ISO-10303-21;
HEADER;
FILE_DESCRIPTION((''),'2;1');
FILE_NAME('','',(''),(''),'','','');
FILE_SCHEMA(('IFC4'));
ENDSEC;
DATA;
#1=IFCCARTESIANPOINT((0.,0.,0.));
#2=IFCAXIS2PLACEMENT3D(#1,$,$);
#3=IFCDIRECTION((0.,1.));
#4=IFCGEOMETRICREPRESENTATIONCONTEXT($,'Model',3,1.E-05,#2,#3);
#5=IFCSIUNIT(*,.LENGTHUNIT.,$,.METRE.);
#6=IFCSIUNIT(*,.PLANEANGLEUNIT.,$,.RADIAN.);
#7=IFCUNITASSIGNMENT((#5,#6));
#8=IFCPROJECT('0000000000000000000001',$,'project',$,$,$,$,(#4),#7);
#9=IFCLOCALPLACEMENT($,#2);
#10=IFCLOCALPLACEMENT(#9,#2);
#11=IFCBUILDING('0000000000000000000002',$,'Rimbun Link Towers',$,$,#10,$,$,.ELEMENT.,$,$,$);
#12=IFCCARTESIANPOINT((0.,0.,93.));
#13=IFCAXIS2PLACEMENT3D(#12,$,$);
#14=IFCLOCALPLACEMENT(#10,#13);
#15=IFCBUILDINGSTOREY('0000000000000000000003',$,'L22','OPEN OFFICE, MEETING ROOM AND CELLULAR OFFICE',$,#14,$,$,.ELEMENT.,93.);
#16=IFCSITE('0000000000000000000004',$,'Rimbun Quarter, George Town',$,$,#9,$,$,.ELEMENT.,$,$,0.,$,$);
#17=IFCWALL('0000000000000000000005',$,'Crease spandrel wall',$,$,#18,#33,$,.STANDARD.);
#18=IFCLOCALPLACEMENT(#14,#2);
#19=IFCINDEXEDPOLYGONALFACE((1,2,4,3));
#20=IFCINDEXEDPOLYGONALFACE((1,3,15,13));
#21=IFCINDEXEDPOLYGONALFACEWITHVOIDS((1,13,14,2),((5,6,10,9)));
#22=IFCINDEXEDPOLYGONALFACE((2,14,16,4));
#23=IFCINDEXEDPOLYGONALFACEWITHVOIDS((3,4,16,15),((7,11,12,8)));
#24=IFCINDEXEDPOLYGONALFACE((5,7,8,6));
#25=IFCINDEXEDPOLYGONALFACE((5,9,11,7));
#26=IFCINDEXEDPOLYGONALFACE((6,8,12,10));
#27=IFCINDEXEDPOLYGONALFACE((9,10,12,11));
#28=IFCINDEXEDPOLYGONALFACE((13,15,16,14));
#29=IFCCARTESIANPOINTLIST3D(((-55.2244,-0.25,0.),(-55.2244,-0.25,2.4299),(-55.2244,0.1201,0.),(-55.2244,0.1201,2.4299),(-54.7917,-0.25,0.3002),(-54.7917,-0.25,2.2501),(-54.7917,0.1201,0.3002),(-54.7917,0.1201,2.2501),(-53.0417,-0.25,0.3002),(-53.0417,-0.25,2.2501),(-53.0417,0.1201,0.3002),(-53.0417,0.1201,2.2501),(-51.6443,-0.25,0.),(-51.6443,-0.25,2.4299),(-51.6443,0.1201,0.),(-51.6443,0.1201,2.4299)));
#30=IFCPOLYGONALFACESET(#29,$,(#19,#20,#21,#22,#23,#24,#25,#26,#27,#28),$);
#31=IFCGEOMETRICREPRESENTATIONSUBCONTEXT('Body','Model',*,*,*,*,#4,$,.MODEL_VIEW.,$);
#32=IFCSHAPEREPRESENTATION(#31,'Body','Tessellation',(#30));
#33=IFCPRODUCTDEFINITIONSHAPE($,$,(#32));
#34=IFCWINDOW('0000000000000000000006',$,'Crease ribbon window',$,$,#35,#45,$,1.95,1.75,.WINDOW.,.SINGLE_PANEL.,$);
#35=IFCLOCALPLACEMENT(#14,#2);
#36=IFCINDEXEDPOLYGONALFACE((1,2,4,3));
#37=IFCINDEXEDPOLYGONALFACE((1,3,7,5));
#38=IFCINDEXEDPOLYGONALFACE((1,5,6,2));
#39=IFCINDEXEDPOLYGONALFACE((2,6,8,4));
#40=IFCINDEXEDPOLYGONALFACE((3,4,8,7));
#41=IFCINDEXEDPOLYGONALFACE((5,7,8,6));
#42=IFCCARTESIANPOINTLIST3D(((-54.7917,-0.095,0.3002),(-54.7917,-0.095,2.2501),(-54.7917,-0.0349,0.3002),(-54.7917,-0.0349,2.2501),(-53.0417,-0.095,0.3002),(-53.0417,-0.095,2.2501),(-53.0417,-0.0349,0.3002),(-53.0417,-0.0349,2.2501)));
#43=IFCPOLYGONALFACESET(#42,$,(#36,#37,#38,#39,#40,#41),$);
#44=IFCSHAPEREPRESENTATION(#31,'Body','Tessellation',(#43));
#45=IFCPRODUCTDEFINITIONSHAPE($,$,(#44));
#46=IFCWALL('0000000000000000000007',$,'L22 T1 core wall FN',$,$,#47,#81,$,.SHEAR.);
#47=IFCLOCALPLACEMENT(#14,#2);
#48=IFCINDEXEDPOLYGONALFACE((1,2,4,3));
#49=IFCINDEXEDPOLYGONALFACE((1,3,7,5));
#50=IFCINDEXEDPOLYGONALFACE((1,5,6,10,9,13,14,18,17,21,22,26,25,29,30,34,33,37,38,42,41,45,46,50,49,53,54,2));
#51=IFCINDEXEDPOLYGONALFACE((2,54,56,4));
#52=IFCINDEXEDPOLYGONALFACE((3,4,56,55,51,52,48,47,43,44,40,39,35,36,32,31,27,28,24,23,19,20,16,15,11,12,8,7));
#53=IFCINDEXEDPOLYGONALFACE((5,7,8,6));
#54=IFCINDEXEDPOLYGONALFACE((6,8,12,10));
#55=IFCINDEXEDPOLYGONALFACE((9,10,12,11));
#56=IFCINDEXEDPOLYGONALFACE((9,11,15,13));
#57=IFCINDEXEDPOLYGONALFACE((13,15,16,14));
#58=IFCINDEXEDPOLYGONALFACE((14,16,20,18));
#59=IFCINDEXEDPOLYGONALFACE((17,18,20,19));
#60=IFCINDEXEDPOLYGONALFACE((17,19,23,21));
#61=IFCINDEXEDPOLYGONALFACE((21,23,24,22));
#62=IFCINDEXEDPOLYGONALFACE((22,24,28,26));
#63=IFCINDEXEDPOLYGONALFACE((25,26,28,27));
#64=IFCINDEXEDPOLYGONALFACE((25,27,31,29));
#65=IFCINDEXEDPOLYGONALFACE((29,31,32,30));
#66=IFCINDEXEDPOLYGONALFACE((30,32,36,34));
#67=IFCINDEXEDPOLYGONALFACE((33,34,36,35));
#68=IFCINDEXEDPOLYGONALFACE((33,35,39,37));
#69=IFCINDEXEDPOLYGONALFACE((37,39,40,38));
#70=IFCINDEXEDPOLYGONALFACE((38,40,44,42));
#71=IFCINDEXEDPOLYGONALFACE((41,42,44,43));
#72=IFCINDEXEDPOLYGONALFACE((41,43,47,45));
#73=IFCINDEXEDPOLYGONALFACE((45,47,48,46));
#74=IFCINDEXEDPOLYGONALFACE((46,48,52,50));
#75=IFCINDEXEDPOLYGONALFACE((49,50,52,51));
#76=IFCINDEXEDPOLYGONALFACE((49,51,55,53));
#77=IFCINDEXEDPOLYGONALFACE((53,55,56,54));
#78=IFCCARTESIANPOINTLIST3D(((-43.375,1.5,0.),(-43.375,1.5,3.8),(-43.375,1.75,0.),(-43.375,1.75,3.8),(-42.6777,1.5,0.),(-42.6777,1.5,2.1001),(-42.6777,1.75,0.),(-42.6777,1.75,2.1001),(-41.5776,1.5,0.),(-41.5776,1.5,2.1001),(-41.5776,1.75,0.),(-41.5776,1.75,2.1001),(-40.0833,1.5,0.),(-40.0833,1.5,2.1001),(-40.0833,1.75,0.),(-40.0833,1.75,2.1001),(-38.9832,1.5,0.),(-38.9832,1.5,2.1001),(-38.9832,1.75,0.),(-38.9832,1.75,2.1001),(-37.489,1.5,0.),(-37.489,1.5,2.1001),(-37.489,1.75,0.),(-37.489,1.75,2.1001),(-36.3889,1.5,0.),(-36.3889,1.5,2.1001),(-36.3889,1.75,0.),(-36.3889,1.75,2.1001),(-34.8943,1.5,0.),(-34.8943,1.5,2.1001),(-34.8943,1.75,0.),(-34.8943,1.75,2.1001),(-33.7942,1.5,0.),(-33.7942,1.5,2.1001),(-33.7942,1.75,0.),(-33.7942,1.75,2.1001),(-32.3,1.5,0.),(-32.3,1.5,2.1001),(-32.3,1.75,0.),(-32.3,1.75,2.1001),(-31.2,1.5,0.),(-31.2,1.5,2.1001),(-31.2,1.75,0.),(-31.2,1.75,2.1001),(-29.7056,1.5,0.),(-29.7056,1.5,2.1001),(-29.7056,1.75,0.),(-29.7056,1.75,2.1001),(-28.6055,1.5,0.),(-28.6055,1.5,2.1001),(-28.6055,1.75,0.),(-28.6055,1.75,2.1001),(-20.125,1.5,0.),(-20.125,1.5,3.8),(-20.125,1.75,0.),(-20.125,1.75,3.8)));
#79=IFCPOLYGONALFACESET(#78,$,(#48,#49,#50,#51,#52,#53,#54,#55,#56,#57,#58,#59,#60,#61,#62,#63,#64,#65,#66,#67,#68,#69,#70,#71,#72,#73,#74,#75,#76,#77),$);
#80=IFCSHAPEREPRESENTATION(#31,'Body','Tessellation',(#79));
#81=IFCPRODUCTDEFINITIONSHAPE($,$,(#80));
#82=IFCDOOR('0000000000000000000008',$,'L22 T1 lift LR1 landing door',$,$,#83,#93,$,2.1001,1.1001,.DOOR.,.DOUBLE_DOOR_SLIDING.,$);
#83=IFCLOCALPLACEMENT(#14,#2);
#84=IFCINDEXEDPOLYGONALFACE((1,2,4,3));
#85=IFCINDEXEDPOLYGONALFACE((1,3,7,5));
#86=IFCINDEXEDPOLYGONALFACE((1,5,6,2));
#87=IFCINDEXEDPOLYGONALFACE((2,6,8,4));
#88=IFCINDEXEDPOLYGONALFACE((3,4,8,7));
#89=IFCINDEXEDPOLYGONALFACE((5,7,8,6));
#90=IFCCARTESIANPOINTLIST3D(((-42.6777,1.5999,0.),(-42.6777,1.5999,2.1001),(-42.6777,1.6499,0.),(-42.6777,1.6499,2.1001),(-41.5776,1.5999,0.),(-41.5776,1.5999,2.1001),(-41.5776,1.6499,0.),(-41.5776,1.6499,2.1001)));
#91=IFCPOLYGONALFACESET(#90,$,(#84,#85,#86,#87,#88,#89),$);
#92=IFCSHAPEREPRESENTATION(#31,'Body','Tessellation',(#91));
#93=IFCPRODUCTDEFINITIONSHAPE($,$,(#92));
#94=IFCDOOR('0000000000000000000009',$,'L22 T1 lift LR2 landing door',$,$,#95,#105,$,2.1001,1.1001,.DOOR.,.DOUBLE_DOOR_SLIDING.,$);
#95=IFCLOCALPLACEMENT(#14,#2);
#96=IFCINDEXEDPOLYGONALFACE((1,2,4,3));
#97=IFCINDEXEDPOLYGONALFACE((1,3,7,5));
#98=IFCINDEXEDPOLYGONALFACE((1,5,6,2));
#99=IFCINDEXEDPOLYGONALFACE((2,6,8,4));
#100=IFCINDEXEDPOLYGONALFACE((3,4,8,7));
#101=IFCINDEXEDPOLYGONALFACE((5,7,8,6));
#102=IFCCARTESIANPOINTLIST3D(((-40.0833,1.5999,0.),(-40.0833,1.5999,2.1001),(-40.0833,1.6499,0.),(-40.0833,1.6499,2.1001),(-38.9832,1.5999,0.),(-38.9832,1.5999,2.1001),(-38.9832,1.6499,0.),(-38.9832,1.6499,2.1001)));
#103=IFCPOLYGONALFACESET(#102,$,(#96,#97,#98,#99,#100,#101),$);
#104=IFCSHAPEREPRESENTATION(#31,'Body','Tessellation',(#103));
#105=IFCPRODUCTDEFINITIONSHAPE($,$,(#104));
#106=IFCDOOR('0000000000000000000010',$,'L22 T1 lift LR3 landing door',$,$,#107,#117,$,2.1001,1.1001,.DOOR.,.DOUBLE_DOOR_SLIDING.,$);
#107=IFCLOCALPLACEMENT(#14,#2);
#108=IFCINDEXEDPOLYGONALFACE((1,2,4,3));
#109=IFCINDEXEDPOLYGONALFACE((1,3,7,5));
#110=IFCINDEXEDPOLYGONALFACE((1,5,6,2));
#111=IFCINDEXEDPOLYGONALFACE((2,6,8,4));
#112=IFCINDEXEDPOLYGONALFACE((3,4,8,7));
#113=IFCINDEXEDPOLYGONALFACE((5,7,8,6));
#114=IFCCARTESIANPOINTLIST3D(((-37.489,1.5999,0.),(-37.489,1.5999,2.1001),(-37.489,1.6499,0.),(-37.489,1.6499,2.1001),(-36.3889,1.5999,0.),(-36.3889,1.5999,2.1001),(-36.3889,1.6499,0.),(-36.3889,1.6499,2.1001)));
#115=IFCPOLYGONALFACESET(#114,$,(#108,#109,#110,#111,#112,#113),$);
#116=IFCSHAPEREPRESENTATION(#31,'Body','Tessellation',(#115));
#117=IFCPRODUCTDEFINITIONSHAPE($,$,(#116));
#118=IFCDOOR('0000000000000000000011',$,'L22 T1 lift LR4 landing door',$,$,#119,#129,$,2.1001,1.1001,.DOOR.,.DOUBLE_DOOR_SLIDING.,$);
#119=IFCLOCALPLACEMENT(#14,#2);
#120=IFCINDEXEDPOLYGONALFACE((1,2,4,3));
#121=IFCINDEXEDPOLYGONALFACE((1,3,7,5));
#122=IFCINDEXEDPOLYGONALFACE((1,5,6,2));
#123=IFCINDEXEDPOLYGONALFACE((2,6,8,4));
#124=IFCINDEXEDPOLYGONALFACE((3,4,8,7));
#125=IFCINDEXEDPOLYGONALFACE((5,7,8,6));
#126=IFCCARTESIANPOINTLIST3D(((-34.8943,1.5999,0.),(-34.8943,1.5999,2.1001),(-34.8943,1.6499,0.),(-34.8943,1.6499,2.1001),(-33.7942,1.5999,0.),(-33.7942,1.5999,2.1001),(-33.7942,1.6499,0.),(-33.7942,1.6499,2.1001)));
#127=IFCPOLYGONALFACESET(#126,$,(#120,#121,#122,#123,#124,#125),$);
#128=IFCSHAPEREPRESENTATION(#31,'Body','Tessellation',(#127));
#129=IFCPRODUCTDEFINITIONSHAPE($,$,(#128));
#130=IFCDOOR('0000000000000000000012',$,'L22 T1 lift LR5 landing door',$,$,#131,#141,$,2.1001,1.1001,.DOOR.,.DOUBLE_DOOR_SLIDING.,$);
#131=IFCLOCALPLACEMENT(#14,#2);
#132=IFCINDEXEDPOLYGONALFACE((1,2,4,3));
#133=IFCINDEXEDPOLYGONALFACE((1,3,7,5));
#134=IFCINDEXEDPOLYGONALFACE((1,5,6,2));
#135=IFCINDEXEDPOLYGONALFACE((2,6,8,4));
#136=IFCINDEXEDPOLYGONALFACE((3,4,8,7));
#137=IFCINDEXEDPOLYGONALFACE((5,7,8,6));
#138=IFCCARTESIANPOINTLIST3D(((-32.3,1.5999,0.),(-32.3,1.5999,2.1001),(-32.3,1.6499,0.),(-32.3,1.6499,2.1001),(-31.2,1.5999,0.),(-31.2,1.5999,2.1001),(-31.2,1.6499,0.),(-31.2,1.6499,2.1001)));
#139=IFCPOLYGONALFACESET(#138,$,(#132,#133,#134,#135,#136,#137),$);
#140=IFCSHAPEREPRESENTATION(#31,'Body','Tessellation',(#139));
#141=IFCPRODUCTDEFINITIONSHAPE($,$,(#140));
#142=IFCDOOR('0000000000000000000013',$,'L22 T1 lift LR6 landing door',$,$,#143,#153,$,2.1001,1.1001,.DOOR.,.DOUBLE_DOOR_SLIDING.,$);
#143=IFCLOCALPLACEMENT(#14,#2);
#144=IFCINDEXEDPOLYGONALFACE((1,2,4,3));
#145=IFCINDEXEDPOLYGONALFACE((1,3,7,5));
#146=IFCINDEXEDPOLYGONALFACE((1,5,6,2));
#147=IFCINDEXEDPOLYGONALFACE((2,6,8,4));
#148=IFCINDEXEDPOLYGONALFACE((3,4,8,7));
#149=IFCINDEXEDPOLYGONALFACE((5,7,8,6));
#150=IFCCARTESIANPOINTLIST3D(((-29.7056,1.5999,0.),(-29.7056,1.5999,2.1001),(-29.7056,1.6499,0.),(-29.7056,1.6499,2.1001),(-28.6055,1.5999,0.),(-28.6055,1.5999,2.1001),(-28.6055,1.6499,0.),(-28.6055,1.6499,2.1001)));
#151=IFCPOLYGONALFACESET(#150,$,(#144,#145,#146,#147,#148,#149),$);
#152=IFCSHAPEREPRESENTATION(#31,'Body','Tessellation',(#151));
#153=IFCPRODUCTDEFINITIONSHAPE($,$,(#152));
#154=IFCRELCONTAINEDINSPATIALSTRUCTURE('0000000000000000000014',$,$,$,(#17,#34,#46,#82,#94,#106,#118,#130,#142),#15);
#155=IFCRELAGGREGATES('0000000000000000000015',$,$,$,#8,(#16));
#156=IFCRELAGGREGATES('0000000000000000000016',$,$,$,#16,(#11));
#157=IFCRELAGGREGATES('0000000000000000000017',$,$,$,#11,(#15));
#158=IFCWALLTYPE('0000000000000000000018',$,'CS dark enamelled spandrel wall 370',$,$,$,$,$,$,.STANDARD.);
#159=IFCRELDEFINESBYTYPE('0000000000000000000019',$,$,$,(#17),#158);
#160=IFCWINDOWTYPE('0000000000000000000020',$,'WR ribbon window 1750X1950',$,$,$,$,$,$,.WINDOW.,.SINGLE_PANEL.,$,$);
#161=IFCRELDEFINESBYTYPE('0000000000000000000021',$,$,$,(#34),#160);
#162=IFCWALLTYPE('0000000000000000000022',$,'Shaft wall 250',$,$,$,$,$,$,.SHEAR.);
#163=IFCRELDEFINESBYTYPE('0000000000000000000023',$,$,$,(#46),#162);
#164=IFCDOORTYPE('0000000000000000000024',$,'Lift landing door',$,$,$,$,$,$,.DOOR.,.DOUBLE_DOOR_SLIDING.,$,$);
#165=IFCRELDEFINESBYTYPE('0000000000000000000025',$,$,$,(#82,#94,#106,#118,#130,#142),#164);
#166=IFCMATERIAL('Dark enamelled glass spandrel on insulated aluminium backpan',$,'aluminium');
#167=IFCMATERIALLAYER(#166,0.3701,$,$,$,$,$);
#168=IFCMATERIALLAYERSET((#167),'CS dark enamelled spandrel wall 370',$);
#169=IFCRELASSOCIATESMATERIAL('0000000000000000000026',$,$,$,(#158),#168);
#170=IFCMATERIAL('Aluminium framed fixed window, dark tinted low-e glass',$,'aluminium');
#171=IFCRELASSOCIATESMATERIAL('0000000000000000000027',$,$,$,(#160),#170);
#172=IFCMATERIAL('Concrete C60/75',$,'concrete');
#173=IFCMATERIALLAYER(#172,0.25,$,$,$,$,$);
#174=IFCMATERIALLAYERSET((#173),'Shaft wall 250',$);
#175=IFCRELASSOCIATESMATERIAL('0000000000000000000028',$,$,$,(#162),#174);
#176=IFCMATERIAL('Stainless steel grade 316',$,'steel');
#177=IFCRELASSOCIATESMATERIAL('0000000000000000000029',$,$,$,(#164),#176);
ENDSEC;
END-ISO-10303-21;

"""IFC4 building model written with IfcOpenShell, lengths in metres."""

from ifc_helpers import new_model, si_unit, direction, frame, frame_2d, origin, place, context, subcontext, project, spatial, rectangle, extrude, material, layer, layer_set, type_object, element, fill, save


model = new_model("IFC4")

# Units and contexts
model_context = context("Model", 3, precision=1e-05, world=origin(), true_north=direction((0.0, 1.0)))
body_context = subcontext(model_context, "Body", "Model", "MODEL_VIEW")
ifc_project = project(units=[si_unit("LENGTHUNIT", "METRE"), si_unit("PLANEANGLEUNIT", "RADIAN")], contexts=[model_context])

# Site, building, storey
site_placement = place(None, origin())
site = spatial("IfcSite", under=ifc_project, at=site_placement, Name="Rimbun Quarter, George Town", CompositionType="ELEMENT", RefElevation=0.0)
building_placement = place(site_placement, origin())
building = spatial("IfcBuilding", under=site, at=building_placement, Name="Rimbun Link Towers", CompositionType="ELEMENT")
storey_placement = place(building_placement, frame((0.0, 0.0, 93.0)))
storey = spatial("IfcBuildingStorey", under=building, at=storey_placement, Name="L22", Description="OPEN OFFICE, MEETING ROOM AND CELLULAR OFFICE", CompositionType="ELEMENT", Elevation=93.0)

# Wall, opening, window
ifc_material_1 = material(Name="Dark enamelled glass spandrel on insulated aluminium backpan", Category="aluminium")
ifc_layer_1 = layer(ifc_material_1, 0.3701)
ifc_layer_set_1 = layer_set([ifc_layer_1], Name="CS dark enamelled spandrel wall 370")
wall_type_1 = type_object("IfcWallType", Name="CS dark enamelled spandrel wall 370", PredefinedType="STANDARD", material=ifc_layer_set_1)
wall_1_placement = place(storey_placement, frame((-51.6443, -0.0649, 0.0), z_axis=(0.0, 0.0, 1.0), x_axis=(-1.0, 0.0, 0.0)))
wall_1 = element("IfcWall", 1, at=wall_1_placement, inside=storey, type_object=wall_type_1, Name="Crease spandrel wall", PredefinedType="STANDARD", context=body_context, shape_type="SweptSolid", body=[
    extrude(rectangle(XDim=3.5801, YDim=0.3701, at=frame_2d((1.79, 0.0))), origin(), (0.0, 0.0, 1.0), 2.4299),
])
opening_1_placement = place(wall_1_placement, frame((1.3975, 0.0, 0.3)))
opening_1 = element("IfcOpeningElement", 2, at=opening_1_placement, cuts=wall_1, PredefinedType="OPENING", context=body_context, shape_type="SweptSolid", body=[
    extrude(rectangle(XDim=1.75, YDim=1.95, at=frame_2d((0.875, 0.9751))), frame((0.0, 0.1951, 0.0), z_axis=(0.0, -1.0, 0.0), x_axis=(1.0, 0.0, 0.0)), (0.0, 0.0, 1.0), 0.3901),
])
ifc_material_2 = material(Name="Aluminium framed fixed window, dark tinted low-e glass", Category="aluminium")
window_type = type_object("IfcWindowType", Name="WR ribbon window 1750X1950", PartitioningType="SINGLE_PANEL", PredefinedType="WINDOW", material=ifc_material_2)
window_placement = place(opening_1_placement, origin())
window = element("IfcWindow", 3, at=window_placement, inside=storey, type_object=window_type, Name="Crease ribbon window", OverallHeight=1.95, OverallWidth=1.75, PartitioningType="SINGLE_PANEL", PredefinedType="WINDOW", context=body_context, shape_type="SweptSolid", body=[
    extrude(rectangle(XDim=1.75, YDim=1.95, at=frame_2d((0.875, 0.9751))), frame((0.0, 0.03, 0.0), z_axis=(0.0, -1.0, 0.0), x_axis=(1.0, 0.0, 0.0)), (0.0, 0.0, 1.0), 0.0601),
])
fill(opening_1, window)

# Wall, openings, doors
ifc_material_3 = material(Name="Concrete C60/75", Category="concrete")
ifc_layer_2 = layer(ifc_material_3, 0.25)
ifc_layer_set_2 = layer_set([ifc_layer_2], Name="Shaft wall 250")
wall_type_2 = type_object("IfcWallType", Name="Shaft wall 250", PredefinedType="SHEAR", material=ifc_layer_set_2)
wall_2_placement = place(storey_placement, frame((-43.375, 1.625, 0.0), z_axis=(0.0, 0.0, 1.0), x_axis=(1.0, 0.0, 0.0)))
wall_2 = element("IfcWall", 4, at=wall_2_placement, inside=storey, type_object=wall_type_2, Name="L22 T1 core wall FN", PredefinedType="SHEAR", context=body_context, shape_type="SweptSolid", body=[
    extrude(rectangle(XDim=23.25, YDim=0.25, at=frame_2d((11.625, 0.0))), origin(), (0.0, 0.0, 1.0), 3.8),
])
opening_2_placement = place(wall_2_placement, frame((0.6973, 0.0, 0.0)))
opening_2 = element("IfcOpeningElement", 5, at=opening_2_placement, cuts=wall_2, PredefinedType="OPENING", context=body_context, shape_type="SweptSolid", body=[
    extrude(rectangle(XDim=1.1001, YDim=2.1001, at=frame_2d((0.55, 1.05))), frame((0.0, 0.135, 0.0), z_axis=(0.0, -1.0, 0.0), x_axis=(1.0, 0.0, 0.0)), (0.0, 0.0, 1.0), 0.27),
])
opening_3_placement = place(wall_2_placement, frame((3.2917, 0.0, 0.0)))
opening_3 = element("IfcOpeningElement", 6, at=opening_3_placement, cuts=wall_2, PredefinedType="OPENING", context=body_context, shape_type="SweptSolid", body=[
    extrude(rectangle(XDim=1.1001, YDim=2.1001, at=frame_2d((0.55, 1.05))), frame((0.0, 0.135, 0.0), z_axis=(0.0, -1.0, 0.0), x_axis=(1.0, 0.0, 0.0)), (0.0, 0.0, 1.0), 0.27),
])
opening_4_placement = place(wall_2_placement, frame((5.886, 0.0, 0.0)))
opening_4 = element("IfcOpeningElement", 7, at=opening_4_placement, cuts=wall_2, PredefinedType="OPENING", context=body_context, shape_type="SweptSolid", body=[
    extrude(rectangle(XDim=1.1001, YDim=2.1001, at=frame_2d((0.55, 1.05))), frame((0.0, 0.135, 0.0), z_axis=(0.0, -1.0, 0.0), x_axis=(1.0, 0.0, 0.0)), (0.0, 0.0, 1.0), 0.27),
])
opening_5_placement = place(wall_2_placement, frame((8.4807, 0.0, 0.0)))
opening_5 = element("IfcOpeningElement", 8, at=opening_5_placement, cuts=wall_2, PredefinedType="OPENING", context=body_context, shape_type="SweptSolid", body=[
    extrude(rectangle(XDim=1.1001, YDim=2.1001, at=frame_2d((0.55, 1.05))), frame((0.0, 0.135, 0.0), z_axis=(0.0, -1.0, 0.0), x_axis=(1.0, 0.0, 0.0)), (0.0, 0.0, 1.0), 0.27),
])
opening_6_placement = place(wall_2_placement, frame((11.075, 0.0, 0.0)))
opening_6 = element("IfcOpeningElement", 9, at=opening_6_placement, cuts=wall_2, PredefinedType="OPENING", context=body_context, shape_type="SweptSolid", body=[
    extrude(rectangle(XDim=1.1001, YDim=2.1001, at=frame_2d((0.55, 1.05))), frame((0.0, 0.135, 0.0), z_axis=(0.0, -1.0, 0.0), x_axis=(1.0, 0.0, 0.0)), (0.0, 0.0, 1.0), 0.27),
])
opening_7_placement = place(wall_2_placement, frame((13.6694, 0.0, 0.0)))
opening_7 = element("IfcOpeningElement", 10, at=opening_7_placement, cuts=wall_2, PredefinedType="OPENING", context=body_context, shape_type="SweptSolid", body=[
    extrude(rectangle(XDim=1.1001, YDim=2.1001, at=frame_2d((0.55, 1.05))), frame((0.0, 0.135, 0.0), z_axis=(0.0, -1.0, 0.0), x_axis=(1.0, 0.0, 0.0)), (0.0, 0.0, 1.0), 0.27),
])
ifc_material_4 = material(Name="Stainless steel grade 316", Category="steel")
door_type_1 = type_object("IfcDoorType", Name="Lift landing door", OperationType="DOUBLE_DOOR_SLIDING", PredefinedType="DOOR", material=ifc_material_4)
door_1_placement = place(opening_2_placement, origin())
door_1 = element("IfcDoor", 11, at=door_1_placement, inside=storey, type_object=door_type_1, Name="L22 T1 lift LR1 landing door", OperationType="DOUBLE_DOOR_SLIDING", OverallHeight=2.1001, OverallWidth=1.1001, PredefinedType="DOOR", context=body_context, shape_type="SweptSolid", body=[
    extrude(rectangle(XDim=1.1001, YDim=2.1001, at=frame_2d((0.55, 1.05))), frame((0.0, 0.0249, 0.0), z_axis=(0.0, -1.0, 0.0), x_axis=(1.0, 0.0, 0.0)), (0.0, 0.0, 1.0), 0.05),
])
fill(opening_2, door_1)
door_2_placement = place(opening_3_placement, origin())
door_2 = element("IfcDoor", 12, at=door_2_placement, inside=storey, type_object=door_type_1, Name="L22 T1 lift LR2 landing door", OperationType="DOUBLE_DOOR_SLIDING", OverallHeight=2.1001, OverallWidth=1.1001, PredefinedType="DOOR", context=body_context, shape_type="SweptSolid", body=[
    extrude(rectangle(XDim=1.1001, YDim=2.1001, at=frame_2d((0.55, 1.05))), frame((0.0, 0.0249, 0.0), z_axis=(0.0, -1.0, 0.0), x_axis=(1.0, 0.0, 0.0)), (0.0, 0.0, 1.0), 0.05),
])
fill(opening_3, door_2)
door_3_placement = place(opening_4_placement, origin())
door_3 = element("IfcDoor", 13, at=door_3_placement, inside=storey, type_object=door_type_1, Name="L22 T1 lift LR3 landing door", OperationType="DOUBLE_DOOR_SLIDING", OverallHeight=2.1001, OverallWidth=1.1001, PredefinedType="DOOR", context=body_context, shape_type="SweptSolid", body=[
    extrude(rectangle(XDim=1.1001, YDim=2.1001, at=frame_2d((0.55, 1.05))), frame((0.0, 0.0249, 0.0), z_axis=(0.0, -1.0, 0.0), x_axis=(1.0, 0.0, 0.0)), (0.0, 0.0, 1.0), 0.05),
])
fill(opening_4, door_3)
door_4_placement = place(opening_5_placement, origin())
door_4 = element("IfcDoor", 14, at=door_4_placement, inside=storey, type_object=door_type_1, Name="L22 T1 lift LR4 landing door", OperationType="DOUBLE_DOOR_SLIDING", OverallHeight=2.1001, OverallWidth=1.1001, PredefinedType="DOOR", context=body_context, shape_type="SweptSolid", body=[
    extrude(rectangle(XDim=1.1001, YDim=2.1001, at=frame_2d((0.55, 1.05))), frame((0.0, 0.0249, 0.0), z_axis=(0.0, -1.0, 0.0), x_axis=(1.0, 0.0, 0.0)), (0.0, 0.0, 1.0), 0.05),
])
fill(opening_5, door_4)
door_5_placement = place(opening_6_placement, origin())
door_5 = element("IfcDoor", 15, at=door_5_placement, inside=storey, type_object=door_type_1, Name="L22 T1 lift LR5 landing door", OperationType="DOUBLE_DOOR_SLIDING", OverallHeight=2.1001, OverallWidth=1.1001, PredefinedType="DOOR", context=body_context, shape_type="SweptSolid", body=[
    extrude(rectangle(XDim=1.1001, YDim=2.1001, at=frame_2d((0.55, 1.05))), frame((0.0, 0.0249, 0.0), z_axis=(0.0, -1.0, 0.0), x_axis=(1.0, 0.0, 0.0)), (0.0, 0.0, 1.0), 0.05),
])
fill(opening_6, door_5)
door_6_placement = place(opening_7_placement, origin())
door_6 = element("IfcDoor", 16, at=door_6_placement, inside=storey, type_object=door_type_1, Name="L22 T1 lift LR6 landing door", OperationType="DOUBLE_DOOR_SLIDING", OverallHeight=2.1001, OverallWidth=1.1001, PredefinedType="DOOR", context=body_context, shape_type="SweptSolid", body=[
    extrude(rectangle(XDim=1.1001, YDim=2.1001, at=frame_2d((0.55, 1.05))), frame((0.0, 0.0249, 0.0), z_axis=(0.0, -1.0, 0.0), x_axis=(1.0, 0.0, 0.0)), (0.0, 0.0, 1.0), 0.05),
])
fill(opening_7, door_6)

save(model, "model.ifc")
